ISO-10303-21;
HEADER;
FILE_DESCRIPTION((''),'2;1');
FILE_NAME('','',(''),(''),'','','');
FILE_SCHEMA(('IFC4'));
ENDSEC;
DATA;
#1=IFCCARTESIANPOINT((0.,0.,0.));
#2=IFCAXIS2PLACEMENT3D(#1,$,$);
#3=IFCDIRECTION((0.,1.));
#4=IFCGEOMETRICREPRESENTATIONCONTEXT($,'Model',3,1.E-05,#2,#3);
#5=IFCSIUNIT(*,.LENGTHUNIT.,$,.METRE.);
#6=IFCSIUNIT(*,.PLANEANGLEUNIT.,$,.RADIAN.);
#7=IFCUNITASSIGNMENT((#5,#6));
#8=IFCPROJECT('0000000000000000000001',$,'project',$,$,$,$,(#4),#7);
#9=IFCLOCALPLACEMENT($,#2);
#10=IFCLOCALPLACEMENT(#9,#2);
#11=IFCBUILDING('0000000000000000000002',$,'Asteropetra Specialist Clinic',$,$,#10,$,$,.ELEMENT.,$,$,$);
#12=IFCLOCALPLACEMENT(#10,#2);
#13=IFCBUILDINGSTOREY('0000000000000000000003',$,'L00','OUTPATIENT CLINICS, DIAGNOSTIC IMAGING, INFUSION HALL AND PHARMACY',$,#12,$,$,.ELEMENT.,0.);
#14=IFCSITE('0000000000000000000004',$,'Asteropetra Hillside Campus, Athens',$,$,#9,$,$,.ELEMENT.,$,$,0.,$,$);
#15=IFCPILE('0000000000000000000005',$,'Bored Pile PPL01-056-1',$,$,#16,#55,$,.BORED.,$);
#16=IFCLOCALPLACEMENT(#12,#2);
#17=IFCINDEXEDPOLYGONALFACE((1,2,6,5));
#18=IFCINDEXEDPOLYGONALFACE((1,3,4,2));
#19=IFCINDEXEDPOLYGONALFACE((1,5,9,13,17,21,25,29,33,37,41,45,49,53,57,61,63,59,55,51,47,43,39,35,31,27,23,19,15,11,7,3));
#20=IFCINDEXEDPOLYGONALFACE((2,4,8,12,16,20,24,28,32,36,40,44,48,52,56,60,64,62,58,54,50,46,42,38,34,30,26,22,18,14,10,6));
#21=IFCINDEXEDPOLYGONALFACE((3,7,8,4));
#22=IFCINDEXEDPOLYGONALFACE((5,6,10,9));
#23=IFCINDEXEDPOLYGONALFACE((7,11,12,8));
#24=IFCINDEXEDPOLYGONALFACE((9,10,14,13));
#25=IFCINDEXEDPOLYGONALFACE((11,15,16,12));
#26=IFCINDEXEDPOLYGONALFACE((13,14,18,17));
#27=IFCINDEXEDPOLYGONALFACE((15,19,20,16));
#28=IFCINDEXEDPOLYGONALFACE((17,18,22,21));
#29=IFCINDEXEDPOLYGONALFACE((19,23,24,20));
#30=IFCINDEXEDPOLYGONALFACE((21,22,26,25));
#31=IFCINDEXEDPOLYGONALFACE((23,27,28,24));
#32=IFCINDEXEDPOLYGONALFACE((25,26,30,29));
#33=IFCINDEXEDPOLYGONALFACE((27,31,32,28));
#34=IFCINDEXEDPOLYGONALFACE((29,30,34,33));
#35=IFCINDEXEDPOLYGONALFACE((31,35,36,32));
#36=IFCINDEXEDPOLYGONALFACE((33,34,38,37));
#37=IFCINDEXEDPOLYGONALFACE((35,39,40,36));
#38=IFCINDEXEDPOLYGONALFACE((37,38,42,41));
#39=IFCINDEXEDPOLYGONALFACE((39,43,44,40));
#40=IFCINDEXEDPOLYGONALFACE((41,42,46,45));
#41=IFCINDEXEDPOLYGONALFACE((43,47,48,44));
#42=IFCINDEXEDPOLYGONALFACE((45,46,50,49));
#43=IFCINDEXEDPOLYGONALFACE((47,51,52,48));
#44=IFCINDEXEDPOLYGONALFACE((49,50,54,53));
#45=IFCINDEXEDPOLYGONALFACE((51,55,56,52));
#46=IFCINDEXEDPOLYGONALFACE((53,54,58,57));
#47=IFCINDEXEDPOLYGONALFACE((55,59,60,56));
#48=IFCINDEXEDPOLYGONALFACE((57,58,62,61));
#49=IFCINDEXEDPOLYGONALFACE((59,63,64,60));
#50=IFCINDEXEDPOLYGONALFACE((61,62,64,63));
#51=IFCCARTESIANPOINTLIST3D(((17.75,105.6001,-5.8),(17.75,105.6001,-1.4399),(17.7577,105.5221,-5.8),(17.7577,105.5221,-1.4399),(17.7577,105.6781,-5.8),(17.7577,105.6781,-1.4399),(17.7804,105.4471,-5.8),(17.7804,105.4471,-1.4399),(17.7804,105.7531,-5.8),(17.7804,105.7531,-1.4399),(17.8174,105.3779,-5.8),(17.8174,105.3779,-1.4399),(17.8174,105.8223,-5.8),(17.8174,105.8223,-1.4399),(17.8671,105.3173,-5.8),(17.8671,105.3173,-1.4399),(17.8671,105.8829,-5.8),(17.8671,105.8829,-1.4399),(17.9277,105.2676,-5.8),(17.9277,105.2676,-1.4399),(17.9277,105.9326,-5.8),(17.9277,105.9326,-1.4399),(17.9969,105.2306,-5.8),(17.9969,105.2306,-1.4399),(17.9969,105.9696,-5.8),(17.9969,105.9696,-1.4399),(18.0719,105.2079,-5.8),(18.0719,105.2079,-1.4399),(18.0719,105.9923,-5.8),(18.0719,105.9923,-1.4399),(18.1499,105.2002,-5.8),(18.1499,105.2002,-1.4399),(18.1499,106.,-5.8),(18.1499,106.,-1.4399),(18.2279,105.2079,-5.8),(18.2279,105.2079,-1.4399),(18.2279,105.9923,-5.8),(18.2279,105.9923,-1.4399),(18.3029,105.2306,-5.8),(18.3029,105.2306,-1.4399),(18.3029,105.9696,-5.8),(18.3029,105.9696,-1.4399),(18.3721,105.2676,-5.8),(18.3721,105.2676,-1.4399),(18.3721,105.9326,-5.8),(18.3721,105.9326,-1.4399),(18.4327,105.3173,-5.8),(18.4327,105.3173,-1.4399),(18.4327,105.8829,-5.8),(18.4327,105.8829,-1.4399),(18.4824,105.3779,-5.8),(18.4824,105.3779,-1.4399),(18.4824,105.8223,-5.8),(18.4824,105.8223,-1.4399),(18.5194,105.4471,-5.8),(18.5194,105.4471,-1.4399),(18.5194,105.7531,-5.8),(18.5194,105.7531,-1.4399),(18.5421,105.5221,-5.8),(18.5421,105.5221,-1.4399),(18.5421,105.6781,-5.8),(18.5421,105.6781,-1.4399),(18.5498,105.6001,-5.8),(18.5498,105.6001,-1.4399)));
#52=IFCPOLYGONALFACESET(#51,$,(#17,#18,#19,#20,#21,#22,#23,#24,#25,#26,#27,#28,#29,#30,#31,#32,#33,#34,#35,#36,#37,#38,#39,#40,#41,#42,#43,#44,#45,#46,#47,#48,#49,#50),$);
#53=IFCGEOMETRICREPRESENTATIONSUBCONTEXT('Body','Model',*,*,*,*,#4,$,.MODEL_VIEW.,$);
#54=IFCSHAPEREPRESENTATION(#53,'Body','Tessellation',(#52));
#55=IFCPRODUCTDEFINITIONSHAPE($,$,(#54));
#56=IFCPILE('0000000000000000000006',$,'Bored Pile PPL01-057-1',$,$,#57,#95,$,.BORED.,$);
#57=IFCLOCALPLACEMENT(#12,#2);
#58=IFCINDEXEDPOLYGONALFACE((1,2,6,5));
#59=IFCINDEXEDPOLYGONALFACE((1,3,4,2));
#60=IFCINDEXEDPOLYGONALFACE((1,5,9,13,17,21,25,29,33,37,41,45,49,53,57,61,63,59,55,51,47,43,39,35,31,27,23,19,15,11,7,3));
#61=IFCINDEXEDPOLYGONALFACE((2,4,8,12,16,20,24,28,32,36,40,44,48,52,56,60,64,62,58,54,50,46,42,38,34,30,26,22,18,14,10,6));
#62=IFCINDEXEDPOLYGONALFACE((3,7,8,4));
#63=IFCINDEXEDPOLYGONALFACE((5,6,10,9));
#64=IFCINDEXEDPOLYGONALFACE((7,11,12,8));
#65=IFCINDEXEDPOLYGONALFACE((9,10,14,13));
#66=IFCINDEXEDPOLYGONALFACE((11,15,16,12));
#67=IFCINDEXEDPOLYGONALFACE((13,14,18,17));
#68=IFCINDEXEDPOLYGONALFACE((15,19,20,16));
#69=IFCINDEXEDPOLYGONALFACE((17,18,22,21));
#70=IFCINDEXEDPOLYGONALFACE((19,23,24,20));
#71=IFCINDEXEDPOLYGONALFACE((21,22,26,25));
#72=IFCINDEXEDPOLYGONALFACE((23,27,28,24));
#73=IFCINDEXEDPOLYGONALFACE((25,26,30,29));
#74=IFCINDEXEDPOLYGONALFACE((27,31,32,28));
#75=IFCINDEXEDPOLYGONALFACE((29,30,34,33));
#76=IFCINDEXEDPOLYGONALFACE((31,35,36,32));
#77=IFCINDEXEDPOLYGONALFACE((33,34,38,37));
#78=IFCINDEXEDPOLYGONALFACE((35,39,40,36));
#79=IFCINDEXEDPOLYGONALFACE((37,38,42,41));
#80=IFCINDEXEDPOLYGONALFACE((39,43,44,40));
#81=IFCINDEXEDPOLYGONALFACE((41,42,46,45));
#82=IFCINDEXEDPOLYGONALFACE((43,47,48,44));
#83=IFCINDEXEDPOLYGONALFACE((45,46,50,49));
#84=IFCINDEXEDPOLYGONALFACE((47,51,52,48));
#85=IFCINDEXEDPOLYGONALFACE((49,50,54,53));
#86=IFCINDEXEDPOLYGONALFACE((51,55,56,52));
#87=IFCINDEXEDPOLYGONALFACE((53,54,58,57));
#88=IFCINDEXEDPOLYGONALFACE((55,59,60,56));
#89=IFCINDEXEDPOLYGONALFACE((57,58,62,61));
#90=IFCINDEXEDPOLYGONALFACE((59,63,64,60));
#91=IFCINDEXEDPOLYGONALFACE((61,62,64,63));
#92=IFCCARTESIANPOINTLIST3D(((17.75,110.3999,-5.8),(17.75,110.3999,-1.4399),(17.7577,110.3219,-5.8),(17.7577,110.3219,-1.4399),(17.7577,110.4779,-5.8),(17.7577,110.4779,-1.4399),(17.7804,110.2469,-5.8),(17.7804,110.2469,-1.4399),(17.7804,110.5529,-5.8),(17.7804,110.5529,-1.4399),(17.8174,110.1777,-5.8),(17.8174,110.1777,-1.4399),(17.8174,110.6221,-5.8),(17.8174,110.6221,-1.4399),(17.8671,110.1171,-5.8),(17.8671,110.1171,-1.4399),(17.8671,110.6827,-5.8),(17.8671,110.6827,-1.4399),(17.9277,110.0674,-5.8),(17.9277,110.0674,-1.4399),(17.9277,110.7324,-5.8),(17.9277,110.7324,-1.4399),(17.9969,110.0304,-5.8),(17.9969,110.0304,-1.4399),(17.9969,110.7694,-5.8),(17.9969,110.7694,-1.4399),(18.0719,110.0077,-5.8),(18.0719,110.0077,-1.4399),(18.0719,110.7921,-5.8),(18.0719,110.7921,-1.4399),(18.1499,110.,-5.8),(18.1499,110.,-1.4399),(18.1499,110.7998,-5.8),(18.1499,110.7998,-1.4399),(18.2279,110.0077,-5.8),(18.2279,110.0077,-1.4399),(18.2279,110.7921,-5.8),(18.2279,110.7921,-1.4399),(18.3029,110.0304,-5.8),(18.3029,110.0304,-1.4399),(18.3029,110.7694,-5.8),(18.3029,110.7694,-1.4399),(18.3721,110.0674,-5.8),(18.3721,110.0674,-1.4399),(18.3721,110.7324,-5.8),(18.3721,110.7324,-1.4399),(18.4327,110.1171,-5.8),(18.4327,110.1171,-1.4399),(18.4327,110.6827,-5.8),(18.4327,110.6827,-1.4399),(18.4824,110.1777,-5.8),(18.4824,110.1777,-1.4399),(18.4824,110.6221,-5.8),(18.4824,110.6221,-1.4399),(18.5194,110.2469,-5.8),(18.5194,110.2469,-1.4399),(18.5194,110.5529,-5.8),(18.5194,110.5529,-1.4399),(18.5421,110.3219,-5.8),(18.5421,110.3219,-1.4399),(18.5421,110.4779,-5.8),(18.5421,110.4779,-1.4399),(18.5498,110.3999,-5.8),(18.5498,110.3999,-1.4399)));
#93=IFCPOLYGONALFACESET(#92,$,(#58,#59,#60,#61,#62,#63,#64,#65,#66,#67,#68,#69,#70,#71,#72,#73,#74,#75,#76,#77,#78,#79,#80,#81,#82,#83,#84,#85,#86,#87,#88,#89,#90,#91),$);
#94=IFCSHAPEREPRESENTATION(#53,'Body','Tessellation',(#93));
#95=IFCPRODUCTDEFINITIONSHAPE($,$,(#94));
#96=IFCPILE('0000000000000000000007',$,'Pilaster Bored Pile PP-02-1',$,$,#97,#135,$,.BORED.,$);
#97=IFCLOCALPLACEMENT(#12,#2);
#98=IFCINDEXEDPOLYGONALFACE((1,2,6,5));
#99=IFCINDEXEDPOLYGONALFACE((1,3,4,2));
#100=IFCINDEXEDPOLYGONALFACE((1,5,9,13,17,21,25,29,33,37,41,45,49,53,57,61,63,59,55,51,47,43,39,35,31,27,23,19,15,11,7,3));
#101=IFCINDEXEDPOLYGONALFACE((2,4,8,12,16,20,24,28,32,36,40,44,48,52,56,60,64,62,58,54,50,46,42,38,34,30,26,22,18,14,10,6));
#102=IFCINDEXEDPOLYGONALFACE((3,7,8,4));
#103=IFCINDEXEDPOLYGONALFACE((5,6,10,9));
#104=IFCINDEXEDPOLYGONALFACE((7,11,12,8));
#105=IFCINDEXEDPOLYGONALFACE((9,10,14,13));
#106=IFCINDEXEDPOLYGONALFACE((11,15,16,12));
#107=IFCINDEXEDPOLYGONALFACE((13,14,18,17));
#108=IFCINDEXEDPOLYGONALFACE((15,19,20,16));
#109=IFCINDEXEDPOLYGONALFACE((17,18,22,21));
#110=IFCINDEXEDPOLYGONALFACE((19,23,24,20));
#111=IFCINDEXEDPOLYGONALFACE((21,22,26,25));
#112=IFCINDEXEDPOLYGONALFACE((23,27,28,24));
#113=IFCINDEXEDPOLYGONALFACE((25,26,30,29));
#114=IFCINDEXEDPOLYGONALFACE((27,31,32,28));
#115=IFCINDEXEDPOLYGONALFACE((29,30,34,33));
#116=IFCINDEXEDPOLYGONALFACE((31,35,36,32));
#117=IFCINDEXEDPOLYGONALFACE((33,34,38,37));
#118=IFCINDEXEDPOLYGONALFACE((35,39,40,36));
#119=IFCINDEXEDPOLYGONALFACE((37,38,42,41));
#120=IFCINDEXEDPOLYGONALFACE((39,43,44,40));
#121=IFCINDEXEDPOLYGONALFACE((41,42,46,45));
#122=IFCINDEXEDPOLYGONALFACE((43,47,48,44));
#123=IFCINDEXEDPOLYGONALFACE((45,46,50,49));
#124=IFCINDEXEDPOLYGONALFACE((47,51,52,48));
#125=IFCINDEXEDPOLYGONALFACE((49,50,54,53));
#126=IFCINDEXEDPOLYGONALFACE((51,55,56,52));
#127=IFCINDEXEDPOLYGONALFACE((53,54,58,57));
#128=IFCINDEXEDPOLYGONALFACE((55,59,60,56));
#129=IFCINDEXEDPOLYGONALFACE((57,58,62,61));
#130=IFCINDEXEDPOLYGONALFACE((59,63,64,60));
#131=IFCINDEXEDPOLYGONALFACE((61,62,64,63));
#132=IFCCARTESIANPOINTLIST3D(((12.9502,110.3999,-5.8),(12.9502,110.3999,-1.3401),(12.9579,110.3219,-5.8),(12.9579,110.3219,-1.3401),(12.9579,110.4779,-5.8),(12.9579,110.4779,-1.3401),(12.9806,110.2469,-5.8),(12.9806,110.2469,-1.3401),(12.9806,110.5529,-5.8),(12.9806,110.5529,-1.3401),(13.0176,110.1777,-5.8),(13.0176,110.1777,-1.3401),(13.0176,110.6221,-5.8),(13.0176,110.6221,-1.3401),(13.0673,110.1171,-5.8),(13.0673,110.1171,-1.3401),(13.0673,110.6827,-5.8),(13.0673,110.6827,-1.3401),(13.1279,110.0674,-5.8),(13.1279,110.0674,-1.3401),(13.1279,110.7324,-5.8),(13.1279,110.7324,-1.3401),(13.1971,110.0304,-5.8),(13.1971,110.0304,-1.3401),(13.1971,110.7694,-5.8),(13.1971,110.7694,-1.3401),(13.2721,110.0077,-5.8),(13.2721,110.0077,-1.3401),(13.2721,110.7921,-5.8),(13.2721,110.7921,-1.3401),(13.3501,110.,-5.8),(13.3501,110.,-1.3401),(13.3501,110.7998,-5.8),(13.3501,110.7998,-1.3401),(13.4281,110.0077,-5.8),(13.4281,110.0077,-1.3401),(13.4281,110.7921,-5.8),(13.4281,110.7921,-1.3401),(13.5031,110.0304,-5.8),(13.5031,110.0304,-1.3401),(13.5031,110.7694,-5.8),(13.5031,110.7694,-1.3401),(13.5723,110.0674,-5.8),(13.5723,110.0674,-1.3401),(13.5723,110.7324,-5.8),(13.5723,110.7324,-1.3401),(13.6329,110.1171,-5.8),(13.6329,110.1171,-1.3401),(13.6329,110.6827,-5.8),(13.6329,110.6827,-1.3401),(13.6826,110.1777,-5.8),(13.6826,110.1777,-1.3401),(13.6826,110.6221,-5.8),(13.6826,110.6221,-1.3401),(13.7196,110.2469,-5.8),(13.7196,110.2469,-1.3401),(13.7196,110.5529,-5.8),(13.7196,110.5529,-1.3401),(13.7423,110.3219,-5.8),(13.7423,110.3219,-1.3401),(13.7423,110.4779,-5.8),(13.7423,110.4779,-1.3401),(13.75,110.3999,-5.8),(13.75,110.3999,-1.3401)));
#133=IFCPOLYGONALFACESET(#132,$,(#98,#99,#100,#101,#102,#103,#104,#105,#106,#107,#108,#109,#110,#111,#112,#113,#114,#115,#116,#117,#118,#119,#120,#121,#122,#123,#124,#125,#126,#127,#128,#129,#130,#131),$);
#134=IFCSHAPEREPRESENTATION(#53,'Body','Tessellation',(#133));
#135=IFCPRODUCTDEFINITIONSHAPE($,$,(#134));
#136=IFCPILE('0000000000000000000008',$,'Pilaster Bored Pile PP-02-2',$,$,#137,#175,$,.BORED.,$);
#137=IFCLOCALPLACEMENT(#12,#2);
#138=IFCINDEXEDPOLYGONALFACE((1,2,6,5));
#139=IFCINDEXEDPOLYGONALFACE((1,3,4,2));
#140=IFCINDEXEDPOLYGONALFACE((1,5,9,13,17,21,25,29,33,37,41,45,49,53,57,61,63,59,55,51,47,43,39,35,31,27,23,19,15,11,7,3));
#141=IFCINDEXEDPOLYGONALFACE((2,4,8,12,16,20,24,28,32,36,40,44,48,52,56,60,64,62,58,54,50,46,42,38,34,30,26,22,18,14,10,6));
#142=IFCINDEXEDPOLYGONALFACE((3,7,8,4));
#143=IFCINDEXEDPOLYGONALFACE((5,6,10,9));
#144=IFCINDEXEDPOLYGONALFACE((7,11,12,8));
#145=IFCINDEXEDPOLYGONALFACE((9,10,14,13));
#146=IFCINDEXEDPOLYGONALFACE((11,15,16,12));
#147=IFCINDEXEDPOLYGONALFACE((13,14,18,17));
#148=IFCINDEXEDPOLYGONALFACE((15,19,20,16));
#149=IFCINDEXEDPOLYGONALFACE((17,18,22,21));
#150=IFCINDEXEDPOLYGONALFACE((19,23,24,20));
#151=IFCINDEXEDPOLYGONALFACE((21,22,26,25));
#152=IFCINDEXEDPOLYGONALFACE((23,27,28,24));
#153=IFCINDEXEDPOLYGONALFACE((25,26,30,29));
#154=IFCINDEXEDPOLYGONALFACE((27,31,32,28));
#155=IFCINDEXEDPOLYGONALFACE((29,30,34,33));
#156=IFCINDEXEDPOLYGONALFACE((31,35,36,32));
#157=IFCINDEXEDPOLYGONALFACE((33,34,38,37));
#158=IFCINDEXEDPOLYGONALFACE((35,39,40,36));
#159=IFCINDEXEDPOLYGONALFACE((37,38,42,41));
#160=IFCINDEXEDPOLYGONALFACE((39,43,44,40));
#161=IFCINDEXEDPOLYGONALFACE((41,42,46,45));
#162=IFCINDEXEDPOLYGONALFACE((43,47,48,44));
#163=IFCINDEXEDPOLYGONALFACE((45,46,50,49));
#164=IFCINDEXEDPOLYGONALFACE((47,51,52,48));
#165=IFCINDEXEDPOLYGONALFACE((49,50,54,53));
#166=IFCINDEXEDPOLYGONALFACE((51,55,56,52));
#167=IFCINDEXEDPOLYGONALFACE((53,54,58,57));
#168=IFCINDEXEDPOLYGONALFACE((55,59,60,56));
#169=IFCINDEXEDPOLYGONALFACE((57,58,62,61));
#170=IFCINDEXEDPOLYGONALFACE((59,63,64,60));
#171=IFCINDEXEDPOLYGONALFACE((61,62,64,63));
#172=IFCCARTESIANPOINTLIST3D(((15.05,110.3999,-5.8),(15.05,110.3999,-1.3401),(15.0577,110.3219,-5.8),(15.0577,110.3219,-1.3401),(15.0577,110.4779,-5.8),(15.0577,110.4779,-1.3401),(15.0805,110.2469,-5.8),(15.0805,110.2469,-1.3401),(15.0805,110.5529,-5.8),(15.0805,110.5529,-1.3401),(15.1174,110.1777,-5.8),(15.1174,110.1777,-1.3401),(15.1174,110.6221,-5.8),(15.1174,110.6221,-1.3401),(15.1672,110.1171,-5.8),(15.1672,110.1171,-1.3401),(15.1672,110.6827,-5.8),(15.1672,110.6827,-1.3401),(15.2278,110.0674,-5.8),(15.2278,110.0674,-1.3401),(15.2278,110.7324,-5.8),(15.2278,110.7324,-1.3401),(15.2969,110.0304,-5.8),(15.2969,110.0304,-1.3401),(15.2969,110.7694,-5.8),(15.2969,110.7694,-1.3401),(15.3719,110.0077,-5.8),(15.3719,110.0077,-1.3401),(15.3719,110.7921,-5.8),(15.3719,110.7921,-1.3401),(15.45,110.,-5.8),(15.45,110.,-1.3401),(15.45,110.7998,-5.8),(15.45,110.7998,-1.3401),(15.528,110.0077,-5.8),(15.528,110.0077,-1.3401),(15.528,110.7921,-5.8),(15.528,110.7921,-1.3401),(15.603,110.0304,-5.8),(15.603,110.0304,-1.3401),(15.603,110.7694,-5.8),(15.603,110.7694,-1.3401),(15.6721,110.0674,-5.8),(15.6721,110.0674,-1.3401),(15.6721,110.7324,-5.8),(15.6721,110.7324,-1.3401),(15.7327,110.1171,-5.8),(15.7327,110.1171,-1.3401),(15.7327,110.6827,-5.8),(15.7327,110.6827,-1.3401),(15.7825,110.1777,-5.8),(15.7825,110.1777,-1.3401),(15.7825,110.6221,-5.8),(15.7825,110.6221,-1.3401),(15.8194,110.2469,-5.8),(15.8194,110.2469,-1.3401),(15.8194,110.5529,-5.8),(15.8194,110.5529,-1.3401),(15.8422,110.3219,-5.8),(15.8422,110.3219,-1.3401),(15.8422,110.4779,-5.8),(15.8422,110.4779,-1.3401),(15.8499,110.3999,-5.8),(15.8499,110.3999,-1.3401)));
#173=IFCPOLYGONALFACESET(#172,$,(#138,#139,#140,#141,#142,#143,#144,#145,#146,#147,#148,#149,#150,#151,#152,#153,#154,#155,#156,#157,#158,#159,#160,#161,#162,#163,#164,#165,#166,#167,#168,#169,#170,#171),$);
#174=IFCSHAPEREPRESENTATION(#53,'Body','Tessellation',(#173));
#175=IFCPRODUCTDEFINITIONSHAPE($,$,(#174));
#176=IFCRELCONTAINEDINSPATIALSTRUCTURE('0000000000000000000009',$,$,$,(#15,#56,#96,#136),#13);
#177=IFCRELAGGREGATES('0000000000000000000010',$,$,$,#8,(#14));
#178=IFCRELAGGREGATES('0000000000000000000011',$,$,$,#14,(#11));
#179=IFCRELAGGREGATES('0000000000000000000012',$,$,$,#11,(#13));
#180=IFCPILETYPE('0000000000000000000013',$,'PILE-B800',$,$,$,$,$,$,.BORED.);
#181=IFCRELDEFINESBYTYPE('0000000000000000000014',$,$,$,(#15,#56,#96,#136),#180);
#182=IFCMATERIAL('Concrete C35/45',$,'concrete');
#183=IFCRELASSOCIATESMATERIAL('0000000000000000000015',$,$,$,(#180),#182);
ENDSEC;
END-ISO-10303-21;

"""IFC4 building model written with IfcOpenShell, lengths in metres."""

from ifc_helpers import new_model, si_unit, direction, frame, origin, origin_2d, place, context, subcontext, project, spatial, circle, extrude, material, material_profile, profile_set, type_object, element, save


model = new_model("IFC4")

# Units and contexts
model_context = context("Model", 3, precision=1e-05, world=origin(), true_north=direction((0.0, 1.0)))
body_context = subcontext(model_context, "Body", "Model", "MODEL_VIEW")
ifc_project = project(units=[si_unit("LENGTHUNIT", "METRE"), si_unit("PLANEANGLEUNIT", "RADIAN")], contexts=[model_context])

# Site, building, storey
site_placement = place(None, origin())
site = spatial("IfcSite", under=ifc_project, at=site_placement, Name="Asteropetra Hillside Campus, Athens", CompositionType="ELEMENT", RefElevation=0.0)
building_placement = place(site_placement, origin())
building = spatial("IfcBuilding", under=site, at=building_placement, Name="Asteropetra Specialist Clinic", CompositionType="ELEMENT")
storey_placement = place(building_placement, origin())
storey = spatial("IfcBuildingStorey", under=building, at=storey_placement, Name="L00", Description="OUTPATIENT CLINICS, DIAGNOSTIC IMAGING, INFUSION HALL AND PHARMACY", CompositionType="ELEMENT", Elevation=0.0)

# Piles
ifc_material_1 = material(Name="Concrete C35/45", Category="concrete")
ifc_material_profile_1 = material_profile(ifc_material_1, circle(Radius=0.3999, at=origin_2d()), Name="PILE D800")
ifc_profile_set_1 = profile_set([ifc_material_profile_1], Name="Concrete C35/45")
pile_type_1 = type_object("IfcPileType", Name="PILE-B800", PredefinedType="BORED", material=ifc_profile_set_1)
for number, where, z_axis, x_axis, name in (
    (1, (18.1499, 105.6001, -1.4399), (0.0, 0.0, -1.0), (1.0, 0.0, 0.0), "Bored Pile PPL01-056-1"),
    (2, (18.1499, 110.3999, -1.4399), (0.0, 0.0, -1.0), (1.0, 0.0, 0.0), "Bored Pile PPL01-057-1"),
):
    element("IfcPile", number, at=place(storey_placement, frame(where, z_axis=z_axis, x_axis=x_axis)), inside=storey, type_object=pile_type_1, Name=name, PredefinedType="BORED", context=body_context, shape_type="SweptSolid", body=[
        extrude(circle(Radius=0.3999, at=origin_2d()), origin(), (0.0, 0.0, 1.0), 4.3601),
    ])
for number, where, z_axis, x_axis, name in (
    (3, (13.3501, 110.3999, -1.3401), (0.0, 0.0, -1.0), (1.0, 0.0, 0.0), "Pilaster Bored Pile PP-02-1"),
    (4, (15.45, 110.3999, -1.3401), (0.0, 0.0, -1.0), (1.0, 0.0, 0.0), "Pilaster Bored Pile PP-02-2"),
):
    element("IfcPile", number, at=place(storey_placement, frame(where, z_axis=z_axis, x_axis=x_axis)), inside=storey, type_object=pile_type_1, Name=name, PredefinedType="BORED", context=body_context, shape_type="SweptSolid", body=[
        extrude(circle(Radius=0.3999, at=origin_2d()), origin(), (0.0, 0.0, 1.0), 4.46),
    ])

save(model, "model.ifc")
